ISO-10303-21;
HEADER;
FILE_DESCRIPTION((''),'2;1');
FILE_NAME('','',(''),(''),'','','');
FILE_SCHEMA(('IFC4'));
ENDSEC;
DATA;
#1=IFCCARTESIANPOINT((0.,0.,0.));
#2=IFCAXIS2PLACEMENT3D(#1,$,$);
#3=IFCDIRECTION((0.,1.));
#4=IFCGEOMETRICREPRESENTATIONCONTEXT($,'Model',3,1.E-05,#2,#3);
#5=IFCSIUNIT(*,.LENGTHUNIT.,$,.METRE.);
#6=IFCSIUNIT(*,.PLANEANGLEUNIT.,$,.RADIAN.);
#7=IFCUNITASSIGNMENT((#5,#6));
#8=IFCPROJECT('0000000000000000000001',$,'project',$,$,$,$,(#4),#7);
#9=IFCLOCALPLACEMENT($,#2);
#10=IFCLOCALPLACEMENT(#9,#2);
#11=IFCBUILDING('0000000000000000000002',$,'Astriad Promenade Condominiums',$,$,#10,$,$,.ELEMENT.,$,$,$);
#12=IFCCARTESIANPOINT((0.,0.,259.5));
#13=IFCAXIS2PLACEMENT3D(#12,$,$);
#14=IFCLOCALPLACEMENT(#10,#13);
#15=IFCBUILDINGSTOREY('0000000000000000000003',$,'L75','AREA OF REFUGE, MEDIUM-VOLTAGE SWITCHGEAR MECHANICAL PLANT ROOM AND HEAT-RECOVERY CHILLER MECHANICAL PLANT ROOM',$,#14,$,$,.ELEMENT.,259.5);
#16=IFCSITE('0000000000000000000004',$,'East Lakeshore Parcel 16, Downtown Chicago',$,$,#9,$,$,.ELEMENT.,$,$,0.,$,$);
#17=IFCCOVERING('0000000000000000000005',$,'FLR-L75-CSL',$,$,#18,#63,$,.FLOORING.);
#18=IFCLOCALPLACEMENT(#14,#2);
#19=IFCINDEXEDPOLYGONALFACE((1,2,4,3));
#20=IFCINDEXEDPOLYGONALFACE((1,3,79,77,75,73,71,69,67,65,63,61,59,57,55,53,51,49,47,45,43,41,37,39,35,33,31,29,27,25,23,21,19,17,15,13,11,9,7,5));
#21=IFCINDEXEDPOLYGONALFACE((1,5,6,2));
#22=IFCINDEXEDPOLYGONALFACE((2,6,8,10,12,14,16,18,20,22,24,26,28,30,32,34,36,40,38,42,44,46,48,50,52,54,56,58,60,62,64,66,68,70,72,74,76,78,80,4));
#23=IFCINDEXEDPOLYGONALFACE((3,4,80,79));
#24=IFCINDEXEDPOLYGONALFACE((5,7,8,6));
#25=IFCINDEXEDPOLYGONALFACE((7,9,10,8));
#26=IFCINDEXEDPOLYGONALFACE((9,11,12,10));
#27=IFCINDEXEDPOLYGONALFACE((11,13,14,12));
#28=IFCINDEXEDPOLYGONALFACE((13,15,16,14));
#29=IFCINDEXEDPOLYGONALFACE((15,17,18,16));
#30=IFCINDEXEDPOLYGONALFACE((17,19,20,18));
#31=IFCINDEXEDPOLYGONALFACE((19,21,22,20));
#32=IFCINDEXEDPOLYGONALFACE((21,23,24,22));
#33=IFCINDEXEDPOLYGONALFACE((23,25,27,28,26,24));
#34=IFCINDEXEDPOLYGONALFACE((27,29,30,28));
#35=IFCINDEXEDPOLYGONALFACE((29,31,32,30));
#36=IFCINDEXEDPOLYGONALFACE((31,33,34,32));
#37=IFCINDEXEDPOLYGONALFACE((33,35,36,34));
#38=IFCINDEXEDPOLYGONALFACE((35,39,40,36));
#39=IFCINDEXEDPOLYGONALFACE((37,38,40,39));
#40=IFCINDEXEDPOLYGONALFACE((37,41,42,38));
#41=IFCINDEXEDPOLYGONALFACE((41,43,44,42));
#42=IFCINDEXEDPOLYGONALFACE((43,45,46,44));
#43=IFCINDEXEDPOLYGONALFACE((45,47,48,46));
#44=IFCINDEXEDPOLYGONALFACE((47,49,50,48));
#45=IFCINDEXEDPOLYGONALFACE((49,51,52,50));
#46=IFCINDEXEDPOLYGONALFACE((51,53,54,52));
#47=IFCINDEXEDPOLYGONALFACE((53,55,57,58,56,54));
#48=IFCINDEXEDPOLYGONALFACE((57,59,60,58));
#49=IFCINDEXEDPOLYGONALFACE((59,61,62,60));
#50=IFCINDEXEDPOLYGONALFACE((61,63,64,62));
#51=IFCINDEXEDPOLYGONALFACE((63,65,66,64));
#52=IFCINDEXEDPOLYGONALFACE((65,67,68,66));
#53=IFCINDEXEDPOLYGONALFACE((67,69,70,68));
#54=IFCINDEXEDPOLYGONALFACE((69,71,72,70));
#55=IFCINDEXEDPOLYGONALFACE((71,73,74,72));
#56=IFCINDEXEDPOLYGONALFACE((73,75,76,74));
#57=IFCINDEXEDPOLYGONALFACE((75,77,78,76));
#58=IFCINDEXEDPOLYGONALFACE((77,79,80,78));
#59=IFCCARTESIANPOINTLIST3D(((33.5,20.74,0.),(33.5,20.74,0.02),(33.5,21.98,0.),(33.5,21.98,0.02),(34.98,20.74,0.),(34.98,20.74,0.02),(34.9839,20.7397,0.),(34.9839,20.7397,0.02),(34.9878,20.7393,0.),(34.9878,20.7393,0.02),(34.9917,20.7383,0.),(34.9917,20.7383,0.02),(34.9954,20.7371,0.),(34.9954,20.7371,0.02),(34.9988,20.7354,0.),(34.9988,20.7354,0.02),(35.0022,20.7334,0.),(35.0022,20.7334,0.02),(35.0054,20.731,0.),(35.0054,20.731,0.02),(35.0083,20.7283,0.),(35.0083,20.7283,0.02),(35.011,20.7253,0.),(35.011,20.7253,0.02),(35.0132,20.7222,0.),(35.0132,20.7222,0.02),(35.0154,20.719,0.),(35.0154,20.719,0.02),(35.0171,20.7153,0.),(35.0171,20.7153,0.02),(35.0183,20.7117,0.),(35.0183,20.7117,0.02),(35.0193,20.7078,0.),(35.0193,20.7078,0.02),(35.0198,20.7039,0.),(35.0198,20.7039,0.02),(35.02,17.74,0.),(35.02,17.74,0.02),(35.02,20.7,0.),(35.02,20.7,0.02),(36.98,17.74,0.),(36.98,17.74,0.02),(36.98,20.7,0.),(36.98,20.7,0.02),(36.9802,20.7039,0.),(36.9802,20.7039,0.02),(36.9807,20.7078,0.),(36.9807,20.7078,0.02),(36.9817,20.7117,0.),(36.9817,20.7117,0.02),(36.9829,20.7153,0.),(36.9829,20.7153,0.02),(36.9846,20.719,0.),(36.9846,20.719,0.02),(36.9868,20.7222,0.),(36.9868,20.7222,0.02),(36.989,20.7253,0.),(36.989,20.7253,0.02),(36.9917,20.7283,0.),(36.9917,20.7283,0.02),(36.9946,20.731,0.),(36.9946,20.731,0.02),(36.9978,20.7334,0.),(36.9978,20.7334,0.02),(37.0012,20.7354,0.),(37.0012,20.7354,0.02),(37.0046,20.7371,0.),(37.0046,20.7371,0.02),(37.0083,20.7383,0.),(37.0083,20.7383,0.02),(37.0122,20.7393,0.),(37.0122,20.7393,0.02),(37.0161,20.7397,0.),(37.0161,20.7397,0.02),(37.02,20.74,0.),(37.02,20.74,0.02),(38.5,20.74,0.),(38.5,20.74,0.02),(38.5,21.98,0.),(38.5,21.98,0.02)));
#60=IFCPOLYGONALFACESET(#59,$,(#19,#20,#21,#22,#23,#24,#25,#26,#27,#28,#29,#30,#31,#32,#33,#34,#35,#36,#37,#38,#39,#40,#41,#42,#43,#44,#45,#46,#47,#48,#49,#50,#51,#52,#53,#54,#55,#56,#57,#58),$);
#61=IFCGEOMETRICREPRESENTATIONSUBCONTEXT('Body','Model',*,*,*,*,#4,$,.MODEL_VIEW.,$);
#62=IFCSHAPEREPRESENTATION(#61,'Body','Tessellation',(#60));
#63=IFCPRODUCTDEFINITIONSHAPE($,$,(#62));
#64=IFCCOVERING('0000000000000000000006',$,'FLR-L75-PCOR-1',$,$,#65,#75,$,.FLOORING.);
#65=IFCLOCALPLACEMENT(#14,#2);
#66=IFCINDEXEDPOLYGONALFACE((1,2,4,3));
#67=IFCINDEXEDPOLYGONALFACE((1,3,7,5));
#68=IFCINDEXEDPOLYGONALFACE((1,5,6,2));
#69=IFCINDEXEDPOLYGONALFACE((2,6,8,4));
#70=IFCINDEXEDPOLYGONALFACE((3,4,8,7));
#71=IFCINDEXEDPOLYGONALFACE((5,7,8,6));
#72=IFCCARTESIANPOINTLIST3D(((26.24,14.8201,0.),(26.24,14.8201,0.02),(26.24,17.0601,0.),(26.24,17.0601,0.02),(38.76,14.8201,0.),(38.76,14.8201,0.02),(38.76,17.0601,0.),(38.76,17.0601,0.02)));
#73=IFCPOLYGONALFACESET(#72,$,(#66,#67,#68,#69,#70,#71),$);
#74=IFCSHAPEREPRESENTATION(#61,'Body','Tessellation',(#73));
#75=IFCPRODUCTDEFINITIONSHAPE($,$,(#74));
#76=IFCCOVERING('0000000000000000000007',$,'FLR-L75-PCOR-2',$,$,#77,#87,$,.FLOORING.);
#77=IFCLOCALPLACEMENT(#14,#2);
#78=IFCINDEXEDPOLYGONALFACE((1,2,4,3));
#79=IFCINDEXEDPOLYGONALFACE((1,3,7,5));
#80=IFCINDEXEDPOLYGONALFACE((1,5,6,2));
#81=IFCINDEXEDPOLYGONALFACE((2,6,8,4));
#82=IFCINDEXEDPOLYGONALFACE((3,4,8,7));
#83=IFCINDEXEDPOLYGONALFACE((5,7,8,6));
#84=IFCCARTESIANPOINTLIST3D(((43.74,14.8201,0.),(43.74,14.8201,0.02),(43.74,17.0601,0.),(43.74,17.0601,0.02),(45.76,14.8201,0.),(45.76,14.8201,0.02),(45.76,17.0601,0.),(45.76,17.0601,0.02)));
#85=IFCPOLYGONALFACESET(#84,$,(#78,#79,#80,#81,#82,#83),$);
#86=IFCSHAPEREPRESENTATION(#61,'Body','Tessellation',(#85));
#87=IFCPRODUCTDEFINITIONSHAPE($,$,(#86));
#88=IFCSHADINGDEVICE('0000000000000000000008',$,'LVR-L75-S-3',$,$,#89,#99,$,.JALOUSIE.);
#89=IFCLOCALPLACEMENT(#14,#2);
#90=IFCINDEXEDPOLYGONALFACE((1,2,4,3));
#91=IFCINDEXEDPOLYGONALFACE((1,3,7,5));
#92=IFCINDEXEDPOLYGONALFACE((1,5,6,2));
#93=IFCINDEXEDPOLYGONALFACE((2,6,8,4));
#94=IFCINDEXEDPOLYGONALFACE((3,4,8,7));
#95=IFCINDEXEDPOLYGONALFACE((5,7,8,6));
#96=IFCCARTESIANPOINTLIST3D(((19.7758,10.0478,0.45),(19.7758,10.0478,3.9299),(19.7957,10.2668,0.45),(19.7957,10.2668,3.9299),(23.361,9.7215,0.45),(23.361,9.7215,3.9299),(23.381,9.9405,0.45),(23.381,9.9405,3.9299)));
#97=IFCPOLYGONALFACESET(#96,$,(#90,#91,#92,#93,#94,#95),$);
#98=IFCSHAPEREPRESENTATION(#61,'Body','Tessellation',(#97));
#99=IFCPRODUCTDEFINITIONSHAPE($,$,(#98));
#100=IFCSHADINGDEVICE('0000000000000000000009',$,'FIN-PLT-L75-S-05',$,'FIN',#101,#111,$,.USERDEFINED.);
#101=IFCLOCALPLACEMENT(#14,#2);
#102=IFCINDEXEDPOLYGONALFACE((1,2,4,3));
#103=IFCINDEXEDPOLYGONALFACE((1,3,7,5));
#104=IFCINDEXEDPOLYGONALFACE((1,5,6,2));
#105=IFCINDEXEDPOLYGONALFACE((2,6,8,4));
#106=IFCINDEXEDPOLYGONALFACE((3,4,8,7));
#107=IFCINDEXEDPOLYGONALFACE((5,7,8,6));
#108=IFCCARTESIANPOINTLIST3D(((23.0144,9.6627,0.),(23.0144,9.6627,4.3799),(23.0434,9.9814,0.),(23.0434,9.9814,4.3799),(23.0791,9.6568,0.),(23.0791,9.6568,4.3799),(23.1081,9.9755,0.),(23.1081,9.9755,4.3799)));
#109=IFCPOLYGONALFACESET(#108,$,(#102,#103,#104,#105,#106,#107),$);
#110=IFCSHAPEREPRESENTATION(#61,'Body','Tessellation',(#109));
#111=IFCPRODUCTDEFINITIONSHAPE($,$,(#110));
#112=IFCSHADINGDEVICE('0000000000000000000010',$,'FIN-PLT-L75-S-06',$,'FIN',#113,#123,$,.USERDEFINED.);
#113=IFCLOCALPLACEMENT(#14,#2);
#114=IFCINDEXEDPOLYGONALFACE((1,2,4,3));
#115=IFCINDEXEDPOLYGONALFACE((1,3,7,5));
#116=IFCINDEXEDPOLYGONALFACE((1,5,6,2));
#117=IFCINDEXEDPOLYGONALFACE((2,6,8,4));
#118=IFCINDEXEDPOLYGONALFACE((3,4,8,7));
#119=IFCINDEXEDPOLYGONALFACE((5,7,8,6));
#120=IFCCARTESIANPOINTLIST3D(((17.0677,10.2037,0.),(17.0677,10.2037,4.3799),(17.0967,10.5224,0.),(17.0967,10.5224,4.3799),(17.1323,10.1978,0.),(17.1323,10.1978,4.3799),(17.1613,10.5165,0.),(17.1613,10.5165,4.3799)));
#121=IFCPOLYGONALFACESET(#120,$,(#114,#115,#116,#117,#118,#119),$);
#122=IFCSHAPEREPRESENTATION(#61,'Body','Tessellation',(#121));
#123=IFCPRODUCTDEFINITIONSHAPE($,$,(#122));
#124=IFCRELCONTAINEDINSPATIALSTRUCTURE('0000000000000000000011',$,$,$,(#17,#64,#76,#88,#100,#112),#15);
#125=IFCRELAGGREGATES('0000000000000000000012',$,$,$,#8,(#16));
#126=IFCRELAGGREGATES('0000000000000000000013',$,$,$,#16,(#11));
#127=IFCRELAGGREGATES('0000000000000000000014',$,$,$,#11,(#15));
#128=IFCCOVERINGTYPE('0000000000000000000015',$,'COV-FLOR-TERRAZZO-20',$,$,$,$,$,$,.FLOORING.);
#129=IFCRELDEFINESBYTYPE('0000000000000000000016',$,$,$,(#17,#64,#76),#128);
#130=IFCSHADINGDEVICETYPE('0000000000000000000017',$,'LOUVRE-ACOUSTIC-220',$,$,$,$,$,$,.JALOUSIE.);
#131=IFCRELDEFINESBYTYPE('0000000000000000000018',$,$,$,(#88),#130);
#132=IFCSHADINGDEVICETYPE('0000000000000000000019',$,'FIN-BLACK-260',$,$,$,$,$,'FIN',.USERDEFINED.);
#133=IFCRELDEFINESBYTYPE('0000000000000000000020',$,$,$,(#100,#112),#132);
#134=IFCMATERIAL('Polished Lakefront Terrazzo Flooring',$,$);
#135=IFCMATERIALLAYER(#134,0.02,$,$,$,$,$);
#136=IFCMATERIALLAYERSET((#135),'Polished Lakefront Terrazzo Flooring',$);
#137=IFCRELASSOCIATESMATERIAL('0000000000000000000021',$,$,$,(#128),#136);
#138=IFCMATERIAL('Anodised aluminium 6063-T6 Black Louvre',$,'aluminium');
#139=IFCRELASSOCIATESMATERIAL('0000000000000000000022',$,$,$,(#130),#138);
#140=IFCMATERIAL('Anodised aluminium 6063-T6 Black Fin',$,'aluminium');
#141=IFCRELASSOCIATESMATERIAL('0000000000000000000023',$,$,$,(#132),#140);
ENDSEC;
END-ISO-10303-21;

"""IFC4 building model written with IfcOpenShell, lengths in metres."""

from ifc_helpers import new_model, si_unit, direction, frame, origin, origin_2d, place, context, subcontext, project, spatial, polyline, rectangle, outline, extrude, source, transform, mapped, material, layer, layer_set, type_object, type_shapes, element, save


model = new_model("IFC4")

# Units and contexts
model_context = context("Model", 3, precision=1e-05, world=origin(), true_north=direction((0.0, 1.0)))
body_context = subcontext(model_context, "Body", "Model", "MODEL_VIEW")
ifc_project = project(units=[si_unit("LENGTHUNIT", "METRE"), si_unit("PLANEANGLEUNIT", "RADIAN")], contexts=[model_context])

# Site, building, storey
site_placement = place(None, origin())
site = spatial("IfcSite", under=ifc_project, at=site_placement, Name="East Lakeshore Parcel 16, Downtown Chicago", CompositionType="ELEMENT", RefElevation=0.0)
building_placement = place(site_placement, origin())
building = spatial("IfcBuilding", under=site, at=building_placement, Name="Astriad Promenade Condominiums", CompositionType="ELEMENT")
storey_placement = place(building_placement, frame((0.0, 0.0, 259.5)))
storey = spatial("IfcBuildingStorey", under=building, at=storey_placement, Name="L75", Description="AREA OF REFUGE, MEDIUM-VOLTAGE SWITCHGEAR MECHANICAL PLANT ROOM AND HEAT-RECOVERY CHILLER MECHANICAL PLANT ROOM", CompositionType="ELEMENT", Elevation=259.5)

# Coverings
ifc_material_1 = material(Name="Polished Lakefront Terrazzo Flooring")
ifc_layer_1 = layer(ifc_material_1, 0.02)
ifc_layer_set_1 = layer_set([ifc_layer_1], Name="Polished Lakefront Terrazzo Flooring")
covering_type_1 = type_object("IfcCoveringType", Name="COV-FLOR-TERRAZZO-20", PredefinedType="FLOORING", material=ifc_layer_set_1)
covering_1_placement = place(storey_placement, origin())
element("IfcCovering", 1, at=covering_1_placement, inside=storey, type_object=covering_type_1, Name="FLR-L75-CSL", PredefinedType="FLOORING", context=body_context, shape_type="SweptSolid", body=[
    extrude(outline(polyline([(36.98, 20.7), (36.98, 17.74), (35.02, 17.74), (35.02, 20.7), (35.0198, 20.7039), (35.0193, 20.7078), (35.0183, 20.7117), (35.0171, 20.7153), (35.0154, 20.719), (35.0132, 20.7222), (35.011, 20.7253), (35.0083, 20.7283), (35.0054, 20.731), (35.0022, 20.7334), (34.9988, 20.7354), (34.9954, 20.7371), (34.9917, 20.7383), (34.9878, 20.7393), (34.9839, 20.7397), (34.98, 20.74), (33.5, 20.74), (33.5, 21.98), (38.5, 21.98), (38.5, 20.74), (37.02, 20.74), (37.0161, 20.7397), (37.0122, 20.7393), (37.0083, 20.7383), (37.0046, 20.7371), (37.0012, 20.7354), (36.9978, 20.7334), (36.9946, 20.731), (36.9917, 20.7283), (36.989, 20.7253), (36.9868, 20.7222), (36.9846, 20.719), (36.9829, 20.7153), (36.9817, 20.7117), (36.9807, 20.7078), (36.9802, 20.7039), (36.98, 20.7)])), origin(), (0.0, 0.0, 1.0), 0.02),
])
covering_2_placement = place(storey_placement, origin())
element("IfcCovering", 2, at=covering_2_placement, inside=storey, type_object=covering_type_1, Name="FLR-L75-PCOR-1", PredefinedType="FLOORING", context=body_context, shape_type="SweptSolid", body=[
    extrude(outline(polyline([(26.24, 17.0601), (38.76, 17.0601), (38.76, 14.8201), (26.24, 14.8201), (26.24, 17.0601)])), origin(), (0.0, 0.0, 1.0), 0.02),
])
covering_3_placement = place(storey_placement, origin())
element("IfcCovering", 3, at=covering_3_placement, inside=storey, type_object=covering_type_1, Name="FLR-L75-PCOR-2", PredefinedType="FLOORING", context=body_context, shape_type="SweptSolid", body=[
    extrude(outline(polyline([(43.74, 14.8201), (43.74, 17.0601), (45.76, 17.0601), (45.76, 14.8201), (43.74, 14.8201)])), origin(), (0.0, 0.0, 1.0), 0.02),
])

# Shading devices
ifc_material_2 = material(Name="Anodised aluminium 6063-T6 Black Louvre", Category="aluminium")
shading_device_type_1 = type_object("IfcShadingDeviceType", Name="LOUVRE-ACOUSTIC-220", PredefinedType="JALOUSIE", material=ifc_material_2)
shared_shape_1 = source(origin(), body_context, "Body", "SweptSolid", [
    extrude(rectangle(XDim=3.6001, YDim=0.22, at=origin_2d()), origin(), (0.0, 0.0, 1.0), 3.48),
])
type_shapes(shading_device_type_1, [shared_shape_1])
shading_device_placement = place(storey_placement, frame((21.5784, 9.9941, 0.45), z_axis=(0.0, 0.0, 1.0), x_axis=(-0.995884, 0.090633, 0.0)))
element("IfcShadingDevice", 4, at=shading_device_placement, inside=storey, type_object=shading_device_type_1, Name="LVR-L75-S-3", PredefinedType="JALOUSIE", context=body_context, shape_type="MappedRepresentation", body=[
    mapped(shared_shape_1, transform((0.0, 0.0, 0.0), scale=1.0)),
])
ifc_material_3 = material(Name="Anodised aluminium 6063-T6 Black Fin", Category="aluminium")
shading_device_type_2 = type_object("IfcShadingDeviceType", Name="FIN-BLACK-260", ElementType="FIN", PredefinedType="USERDEFINED", material=ifc_material_3)
shared_shape_2 = source(origin(), body_context, "Body", "SweptSolid", [
    extrude(rectangle(XDim=0.0649, YDim=0.3201, at=origin_2d()), origin(), (0.0, 0.0, 1.0), 4.3799),
])
type_shapes(shading_device_type_2, [shared_shape_2])
for number, where, z_axis, x_axis, name in (
    (5, (23.0613, 9.8191, 0.0), (0.0, 0.0, 1.0), (-0.995884, 0.090633, 0.0), "FIN-PLT-L75-S-05"),
    (6, (17.1145, 10.3601, 0.0), (0.0, 0.0, 1.0), (-0.995884, 0.090633, 0.0), "FIN-PLT-L75-S-06"),
):
    element("IfcShadingDevice", number, at=place(storey_placement, frame(where, z_axis=z_axis, x_axis=x_axis)), inside=storey, type_object=shading_device_type_2, Name=name, ObjectType="FIN", PredefinedType="USERDEFINED", context=body_context, shape_type="MappedRepresentation", body=[
        mapped(shared_shape_2, transform((0.0, 0.0, 0.0), scale=1.0)),
    ])

save(model, "model.ifc")
